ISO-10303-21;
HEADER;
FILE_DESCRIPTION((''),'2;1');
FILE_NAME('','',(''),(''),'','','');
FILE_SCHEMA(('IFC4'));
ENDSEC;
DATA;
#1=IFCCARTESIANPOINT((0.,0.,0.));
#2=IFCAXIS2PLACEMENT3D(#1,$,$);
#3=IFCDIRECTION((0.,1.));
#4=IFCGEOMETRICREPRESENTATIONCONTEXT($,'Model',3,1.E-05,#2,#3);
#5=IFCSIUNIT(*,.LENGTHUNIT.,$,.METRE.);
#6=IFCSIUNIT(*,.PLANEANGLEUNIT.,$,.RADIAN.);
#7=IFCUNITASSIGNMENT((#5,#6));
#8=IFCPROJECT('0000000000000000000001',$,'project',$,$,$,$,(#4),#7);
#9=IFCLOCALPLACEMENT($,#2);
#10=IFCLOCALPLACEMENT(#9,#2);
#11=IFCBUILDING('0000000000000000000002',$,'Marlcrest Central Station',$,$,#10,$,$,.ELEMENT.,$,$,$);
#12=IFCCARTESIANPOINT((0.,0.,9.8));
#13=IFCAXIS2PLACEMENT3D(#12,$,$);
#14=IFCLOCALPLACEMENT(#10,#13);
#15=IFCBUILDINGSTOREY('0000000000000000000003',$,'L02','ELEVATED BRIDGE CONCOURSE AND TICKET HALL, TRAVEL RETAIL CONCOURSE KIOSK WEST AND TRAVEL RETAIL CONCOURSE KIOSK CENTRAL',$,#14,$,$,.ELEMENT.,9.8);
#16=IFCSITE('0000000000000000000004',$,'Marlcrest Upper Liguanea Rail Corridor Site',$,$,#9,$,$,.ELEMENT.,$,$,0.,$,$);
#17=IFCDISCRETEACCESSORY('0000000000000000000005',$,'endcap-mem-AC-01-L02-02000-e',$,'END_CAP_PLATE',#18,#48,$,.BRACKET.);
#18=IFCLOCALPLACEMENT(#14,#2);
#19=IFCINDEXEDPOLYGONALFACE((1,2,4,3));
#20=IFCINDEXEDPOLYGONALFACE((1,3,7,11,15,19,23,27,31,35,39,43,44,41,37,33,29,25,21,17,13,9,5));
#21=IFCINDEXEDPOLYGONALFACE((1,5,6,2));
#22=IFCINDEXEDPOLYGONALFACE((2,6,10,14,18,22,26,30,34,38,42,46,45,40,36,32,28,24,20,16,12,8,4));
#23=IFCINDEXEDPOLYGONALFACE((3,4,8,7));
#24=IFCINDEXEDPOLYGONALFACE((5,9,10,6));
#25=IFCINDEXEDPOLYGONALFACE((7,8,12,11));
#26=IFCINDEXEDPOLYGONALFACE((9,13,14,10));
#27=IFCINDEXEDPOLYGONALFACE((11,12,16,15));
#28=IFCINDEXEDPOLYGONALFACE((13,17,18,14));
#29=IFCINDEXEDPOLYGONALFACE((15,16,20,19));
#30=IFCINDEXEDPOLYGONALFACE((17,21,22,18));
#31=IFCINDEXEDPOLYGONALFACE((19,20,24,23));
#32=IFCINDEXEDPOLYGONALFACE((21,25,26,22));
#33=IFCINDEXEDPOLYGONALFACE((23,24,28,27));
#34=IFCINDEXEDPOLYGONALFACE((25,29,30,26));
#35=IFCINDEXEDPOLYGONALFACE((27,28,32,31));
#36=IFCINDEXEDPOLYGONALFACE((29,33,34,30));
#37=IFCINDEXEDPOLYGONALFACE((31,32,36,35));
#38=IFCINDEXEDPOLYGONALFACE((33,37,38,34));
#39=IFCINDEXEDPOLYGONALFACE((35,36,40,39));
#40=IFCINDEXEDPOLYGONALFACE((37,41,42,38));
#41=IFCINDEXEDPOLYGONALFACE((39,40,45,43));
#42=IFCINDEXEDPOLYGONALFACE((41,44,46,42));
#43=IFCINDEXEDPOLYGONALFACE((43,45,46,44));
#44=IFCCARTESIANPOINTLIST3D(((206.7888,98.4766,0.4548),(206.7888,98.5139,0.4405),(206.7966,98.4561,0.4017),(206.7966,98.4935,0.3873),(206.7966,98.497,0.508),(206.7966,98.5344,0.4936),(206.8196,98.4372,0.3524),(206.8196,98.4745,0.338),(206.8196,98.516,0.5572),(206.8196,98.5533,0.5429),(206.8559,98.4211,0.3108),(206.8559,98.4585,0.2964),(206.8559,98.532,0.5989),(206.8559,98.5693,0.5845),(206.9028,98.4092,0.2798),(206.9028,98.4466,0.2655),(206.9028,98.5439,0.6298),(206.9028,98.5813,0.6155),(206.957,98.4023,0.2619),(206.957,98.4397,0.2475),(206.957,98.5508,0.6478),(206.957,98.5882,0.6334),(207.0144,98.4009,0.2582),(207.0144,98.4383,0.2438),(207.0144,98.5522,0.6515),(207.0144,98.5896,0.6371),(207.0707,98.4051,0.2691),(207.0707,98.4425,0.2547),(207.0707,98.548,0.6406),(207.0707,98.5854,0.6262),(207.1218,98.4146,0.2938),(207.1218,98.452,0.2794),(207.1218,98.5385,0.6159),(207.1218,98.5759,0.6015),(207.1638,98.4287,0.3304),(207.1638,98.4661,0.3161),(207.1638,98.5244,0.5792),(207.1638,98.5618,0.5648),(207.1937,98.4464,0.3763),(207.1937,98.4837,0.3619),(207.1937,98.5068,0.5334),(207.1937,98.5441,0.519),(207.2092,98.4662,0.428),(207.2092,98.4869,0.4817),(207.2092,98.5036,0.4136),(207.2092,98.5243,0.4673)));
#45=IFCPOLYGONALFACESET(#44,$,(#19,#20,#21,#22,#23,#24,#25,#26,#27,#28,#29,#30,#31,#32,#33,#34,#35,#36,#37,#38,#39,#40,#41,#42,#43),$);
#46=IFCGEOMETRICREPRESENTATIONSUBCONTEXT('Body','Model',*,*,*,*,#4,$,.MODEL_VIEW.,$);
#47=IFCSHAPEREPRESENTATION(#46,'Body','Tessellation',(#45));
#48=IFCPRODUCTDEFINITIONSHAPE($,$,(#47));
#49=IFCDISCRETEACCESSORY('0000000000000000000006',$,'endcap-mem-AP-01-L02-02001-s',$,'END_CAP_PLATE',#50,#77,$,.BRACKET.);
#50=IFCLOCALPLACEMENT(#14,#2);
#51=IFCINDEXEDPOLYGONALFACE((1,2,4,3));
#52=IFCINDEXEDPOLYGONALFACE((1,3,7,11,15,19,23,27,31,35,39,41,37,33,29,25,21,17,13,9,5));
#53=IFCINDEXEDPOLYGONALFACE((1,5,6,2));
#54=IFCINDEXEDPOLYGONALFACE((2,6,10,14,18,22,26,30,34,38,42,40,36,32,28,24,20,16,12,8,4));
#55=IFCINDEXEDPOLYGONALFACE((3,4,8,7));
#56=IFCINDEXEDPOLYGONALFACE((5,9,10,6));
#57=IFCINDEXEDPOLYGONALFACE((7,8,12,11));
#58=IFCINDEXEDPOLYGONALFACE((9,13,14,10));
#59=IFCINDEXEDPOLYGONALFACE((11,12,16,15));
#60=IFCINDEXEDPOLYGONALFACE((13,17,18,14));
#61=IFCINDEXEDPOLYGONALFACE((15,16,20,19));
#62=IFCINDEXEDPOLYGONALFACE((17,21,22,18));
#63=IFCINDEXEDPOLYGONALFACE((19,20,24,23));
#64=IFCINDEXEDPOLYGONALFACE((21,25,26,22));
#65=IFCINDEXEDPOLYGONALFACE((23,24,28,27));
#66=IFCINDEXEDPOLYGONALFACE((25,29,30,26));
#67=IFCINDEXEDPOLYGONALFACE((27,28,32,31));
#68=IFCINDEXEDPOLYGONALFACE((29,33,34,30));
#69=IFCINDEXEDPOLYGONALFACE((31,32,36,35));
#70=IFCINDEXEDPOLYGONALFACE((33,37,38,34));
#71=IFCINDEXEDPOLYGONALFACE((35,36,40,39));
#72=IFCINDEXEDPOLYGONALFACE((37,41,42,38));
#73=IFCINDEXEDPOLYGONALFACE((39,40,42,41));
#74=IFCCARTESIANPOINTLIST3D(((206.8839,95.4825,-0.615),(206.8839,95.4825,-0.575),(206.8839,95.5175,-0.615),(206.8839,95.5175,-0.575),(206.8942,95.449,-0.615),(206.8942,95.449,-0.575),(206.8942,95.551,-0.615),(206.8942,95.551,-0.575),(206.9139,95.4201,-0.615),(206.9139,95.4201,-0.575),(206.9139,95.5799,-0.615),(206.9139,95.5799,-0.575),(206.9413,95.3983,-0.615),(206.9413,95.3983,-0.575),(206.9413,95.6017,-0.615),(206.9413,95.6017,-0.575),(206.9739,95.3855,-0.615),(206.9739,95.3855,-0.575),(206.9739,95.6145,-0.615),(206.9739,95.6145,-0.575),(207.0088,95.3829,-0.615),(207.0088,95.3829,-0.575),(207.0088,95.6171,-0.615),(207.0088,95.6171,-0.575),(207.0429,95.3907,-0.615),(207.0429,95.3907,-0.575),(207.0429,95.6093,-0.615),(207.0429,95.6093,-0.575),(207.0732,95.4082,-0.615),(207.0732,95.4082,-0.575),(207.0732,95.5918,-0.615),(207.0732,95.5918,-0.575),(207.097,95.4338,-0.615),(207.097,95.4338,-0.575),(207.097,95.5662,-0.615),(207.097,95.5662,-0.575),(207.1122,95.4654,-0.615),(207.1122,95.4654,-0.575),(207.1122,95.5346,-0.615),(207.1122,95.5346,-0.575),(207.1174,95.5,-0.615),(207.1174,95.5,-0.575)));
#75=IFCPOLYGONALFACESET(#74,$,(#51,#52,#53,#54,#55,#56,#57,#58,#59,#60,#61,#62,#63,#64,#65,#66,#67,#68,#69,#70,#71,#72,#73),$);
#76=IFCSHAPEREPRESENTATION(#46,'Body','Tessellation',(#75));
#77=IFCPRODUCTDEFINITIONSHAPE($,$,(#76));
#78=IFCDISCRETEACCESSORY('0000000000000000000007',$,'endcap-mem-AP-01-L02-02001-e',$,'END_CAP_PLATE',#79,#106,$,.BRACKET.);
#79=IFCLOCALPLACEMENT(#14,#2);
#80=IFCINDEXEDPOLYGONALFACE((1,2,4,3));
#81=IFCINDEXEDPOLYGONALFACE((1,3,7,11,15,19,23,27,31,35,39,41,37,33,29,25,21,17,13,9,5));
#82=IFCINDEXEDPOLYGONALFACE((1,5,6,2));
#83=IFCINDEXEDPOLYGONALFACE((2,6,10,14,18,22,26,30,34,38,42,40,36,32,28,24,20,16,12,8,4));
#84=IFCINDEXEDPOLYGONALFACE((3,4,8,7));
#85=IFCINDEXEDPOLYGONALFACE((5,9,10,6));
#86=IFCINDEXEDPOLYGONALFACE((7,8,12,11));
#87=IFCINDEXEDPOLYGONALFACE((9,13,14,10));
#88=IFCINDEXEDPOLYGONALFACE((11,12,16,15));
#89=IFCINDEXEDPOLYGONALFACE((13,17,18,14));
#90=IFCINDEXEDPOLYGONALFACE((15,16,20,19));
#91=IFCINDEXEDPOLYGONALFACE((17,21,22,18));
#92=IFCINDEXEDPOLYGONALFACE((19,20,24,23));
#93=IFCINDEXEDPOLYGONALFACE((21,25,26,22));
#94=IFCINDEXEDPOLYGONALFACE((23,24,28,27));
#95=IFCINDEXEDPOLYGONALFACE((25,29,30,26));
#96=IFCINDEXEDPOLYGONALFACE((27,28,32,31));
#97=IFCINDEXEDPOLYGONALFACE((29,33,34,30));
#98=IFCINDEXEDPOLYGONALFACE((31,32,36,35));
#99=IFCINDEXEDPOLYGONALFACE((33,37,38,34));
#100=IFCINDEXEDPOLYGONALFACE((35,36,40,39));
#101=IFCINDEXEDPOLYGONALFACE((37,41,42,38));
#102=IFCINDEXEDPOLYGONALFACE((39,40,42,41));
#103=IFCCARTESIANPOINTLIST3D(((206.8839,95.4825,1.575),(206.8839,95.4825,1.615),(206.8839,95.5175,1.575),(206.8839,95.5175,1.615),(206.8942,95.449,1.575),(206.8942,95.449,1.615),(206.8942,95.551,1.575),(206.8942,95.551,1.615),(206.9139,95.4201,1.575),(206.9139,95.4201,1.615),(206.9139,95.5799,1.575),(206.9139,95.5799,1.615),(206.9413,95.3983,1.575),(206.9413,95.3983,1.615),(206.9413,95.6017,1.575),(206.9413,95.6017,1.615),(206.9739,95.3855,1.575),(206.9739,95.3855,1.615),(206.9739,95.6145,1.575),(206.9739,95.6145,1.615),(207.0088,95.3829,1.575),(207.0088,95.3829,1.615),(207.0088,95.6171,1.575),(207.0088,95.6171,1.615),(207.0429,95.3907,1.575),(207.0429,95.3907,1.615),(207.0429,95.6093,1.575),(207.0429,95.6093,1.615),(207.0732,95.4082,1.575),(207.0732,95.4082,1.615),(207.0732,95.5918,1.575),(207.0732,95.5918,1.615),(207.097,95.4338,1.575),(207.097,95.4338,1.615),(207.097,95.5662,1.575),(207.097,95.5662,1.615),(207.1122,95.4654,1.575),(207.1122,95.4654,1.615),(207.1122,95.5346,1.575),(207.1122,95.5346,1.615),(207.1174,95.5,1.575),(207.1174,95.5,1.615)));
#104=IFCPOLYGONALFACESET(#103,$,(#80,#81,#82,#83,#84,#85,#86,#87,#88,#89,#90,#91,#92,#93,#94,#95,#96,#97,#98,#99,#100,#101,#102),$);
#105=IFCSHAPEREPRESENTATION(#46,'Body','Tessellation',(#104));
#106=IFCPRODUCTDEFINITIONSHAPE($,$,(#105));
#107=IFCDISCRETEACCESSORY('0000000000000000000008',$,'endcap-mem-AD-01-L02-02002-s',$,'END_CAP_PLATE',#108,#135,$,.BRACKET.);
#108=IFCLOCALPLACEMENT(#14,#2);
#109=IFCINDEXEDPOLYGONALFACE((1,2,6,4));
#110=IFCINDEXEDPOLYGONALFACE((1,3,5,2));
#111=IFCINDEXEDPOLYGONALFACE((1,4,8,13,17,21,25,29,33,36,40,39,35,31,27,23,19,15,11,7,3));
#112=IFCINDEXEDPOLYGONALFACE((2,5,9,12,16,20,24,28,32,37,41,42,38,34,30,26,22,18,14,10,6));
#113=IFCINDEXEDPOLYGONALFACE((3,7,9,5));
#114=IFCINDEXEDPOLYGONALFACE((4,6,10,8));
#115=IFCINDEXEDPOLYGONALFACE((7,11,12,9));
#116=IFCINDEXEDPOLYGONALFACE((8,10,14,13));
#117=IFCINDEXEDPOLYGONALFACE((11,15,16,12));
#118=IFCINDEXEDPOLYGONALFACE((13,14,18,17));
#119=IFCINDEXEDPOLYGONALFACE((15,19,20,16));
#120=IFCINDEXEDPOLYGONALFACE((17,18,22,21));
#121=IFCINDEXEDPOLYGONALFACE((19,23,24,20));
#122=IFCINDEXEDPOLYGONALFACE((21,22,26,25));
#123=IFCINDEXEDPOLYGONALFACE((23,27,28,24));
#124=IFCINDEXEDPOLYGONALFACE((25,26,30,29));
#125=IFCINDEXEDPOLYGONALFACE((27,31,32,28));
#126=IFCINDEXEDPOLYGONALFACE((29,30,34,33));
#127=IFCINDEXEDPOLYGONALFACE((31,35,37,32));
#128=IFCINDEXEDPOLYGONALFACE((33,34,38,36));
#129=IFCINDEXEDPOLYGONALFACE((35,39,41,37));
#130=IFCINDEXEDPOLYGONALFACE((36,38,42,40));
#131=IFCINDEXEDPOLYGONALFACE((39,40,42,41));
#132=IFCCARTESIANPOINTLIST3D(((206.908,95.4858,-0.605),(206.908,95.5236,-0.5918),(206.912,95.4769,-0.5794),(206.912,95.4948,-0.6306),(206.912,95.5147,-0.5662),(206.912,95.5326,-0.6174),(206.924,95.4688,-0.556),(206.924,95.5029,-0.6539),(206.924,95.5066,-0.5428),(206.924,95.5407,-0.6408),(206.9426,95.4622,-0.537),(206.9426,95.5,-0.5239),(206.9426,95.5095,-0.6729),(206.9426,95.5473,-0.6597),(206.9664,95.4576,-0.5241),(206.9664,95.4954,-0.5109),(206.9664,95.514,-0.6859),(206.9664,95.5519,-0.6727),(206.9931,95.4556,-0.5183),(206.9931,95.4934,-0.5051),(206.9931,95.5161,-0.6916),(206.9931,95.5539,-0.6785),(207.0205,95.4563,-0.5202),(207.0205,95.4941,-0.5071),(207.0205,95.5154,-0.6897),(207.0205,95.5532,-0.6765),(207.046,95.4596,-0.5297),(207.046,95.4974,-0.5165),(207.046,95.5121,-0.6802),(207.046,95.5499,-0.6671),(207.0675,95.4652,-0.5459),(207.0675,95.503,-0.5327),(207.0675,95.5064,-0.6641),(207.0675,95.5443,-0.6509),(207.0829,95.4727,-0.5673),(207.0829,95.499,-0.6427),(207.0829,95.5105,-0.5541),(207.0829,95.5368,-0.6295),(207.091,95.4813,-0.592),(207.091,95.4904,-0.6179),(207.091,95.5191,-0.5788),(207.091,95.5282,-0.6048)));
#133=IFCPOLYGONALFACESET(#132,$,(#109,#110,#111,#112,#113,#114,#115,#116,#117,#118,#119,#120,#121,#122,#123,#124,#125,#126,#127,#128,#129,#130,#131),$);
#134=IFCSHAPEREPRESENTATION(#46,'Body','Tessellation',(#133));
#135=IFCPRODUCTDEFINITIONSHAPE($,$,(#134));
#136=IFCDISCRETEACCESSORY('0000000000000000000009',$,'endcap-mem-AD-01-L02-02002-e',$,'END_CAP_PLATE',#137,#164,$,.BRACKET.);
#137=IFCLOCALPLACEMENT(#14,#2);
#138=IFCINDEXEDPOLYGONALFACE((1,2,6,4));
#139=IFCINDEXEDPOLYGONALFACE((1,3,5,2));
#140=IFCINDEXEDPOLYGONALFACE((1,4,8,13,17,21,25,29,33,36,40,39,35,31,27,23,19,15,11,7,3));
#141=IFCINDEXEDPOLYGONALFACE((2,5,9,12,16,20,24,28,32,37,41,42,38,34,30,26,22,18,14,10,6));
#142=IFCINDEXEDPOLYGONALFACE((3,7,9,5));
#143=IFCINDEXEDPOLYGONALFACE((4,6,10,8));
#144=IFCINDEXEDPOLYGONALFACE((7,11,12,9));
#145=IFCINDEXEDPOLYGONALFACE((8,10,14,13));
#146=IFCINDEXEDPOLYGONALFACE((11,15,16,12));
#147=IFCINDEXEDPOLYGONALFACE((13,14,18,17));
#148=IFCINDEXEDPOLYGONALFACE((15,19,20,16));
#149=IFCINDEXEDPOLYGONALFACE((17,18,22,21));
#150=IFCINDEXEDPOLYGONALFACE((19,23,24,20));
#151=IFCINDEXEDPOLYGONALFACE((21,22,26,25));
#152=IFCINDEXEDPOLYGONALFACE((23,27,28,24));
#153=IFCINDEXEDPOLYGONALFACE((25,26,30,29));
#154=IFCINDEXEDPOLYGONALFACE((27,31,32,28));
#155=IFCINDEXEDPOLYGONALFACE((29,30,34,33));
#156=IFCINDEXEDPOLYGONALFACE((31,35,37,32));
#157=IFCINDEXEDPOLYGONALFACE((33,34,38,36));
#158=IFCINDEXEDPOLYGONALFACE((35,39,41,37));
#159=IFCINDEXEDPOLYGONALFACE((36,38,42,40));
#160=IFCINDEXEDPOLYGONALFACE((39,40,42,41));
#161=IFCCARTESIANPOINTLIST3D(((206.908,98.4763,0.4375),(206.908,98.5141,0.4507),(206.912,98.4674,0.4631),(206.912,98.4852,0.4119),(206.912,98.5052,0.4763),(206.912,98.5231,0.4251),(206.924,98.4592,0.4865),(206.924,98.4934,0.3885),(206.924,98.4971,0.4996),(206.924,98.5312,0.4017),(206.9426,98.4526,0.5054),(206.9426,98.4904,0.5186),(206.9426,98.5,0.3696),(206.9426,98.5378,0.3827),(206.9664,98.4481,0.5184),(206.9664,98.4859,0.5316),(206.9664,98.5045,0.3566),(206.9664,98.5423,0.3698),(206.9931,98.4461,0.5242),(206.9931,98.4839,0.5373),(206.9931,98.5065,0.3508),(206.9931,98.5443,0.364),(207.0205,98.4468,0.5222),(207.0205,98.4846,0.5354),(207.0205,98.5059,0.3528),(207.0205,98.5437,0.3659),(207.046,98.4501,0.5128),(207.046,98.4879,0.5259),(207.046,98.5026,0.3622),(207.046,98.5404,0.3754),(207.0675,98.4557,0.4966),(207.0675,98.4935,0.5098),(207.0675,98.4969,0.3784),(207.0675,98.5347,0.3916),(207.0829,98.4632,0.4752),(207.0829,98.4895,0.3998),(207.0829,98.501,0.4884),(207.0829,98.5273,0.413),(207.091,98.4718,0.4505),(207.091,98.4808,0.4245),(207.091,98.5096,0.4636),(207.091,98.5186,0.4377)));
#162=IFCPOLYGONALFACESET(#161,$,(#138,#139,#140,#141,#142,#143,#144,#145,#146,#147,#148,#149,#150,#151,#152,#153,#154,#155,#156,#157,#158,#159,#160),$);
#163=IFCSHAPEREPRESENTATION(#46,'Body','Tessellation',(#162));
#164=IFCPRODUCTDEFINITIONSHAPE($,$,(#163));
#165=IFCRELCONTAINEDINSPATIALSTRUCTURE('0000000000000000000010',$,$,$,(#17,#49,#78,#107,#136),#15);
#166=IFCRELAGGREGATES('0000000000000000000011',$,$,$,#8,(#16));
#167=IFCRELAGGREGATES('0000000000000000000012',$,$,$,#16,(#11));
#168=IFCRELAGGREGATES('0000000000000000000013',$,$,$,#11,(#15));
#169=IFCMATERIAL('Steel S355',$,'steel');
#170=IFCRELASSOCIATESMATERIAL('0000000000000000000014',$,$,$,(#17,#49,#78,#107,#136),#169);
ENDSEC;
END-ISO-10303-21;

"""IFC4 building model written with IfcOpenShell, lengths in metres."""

from ifc_helpers import new_model, si_unit, direction, frame, origin, origin_2d, place, context, subcontext, project, spatial, circle, extrude, material, element, save


model = new_model("IFC4")

# Units and contexts
model_context = context("Model", 3, precision=1e-05, world=origin(), true_north=direction((0.0, 1.0)))
body_context = subcontext(model_context, "Body", "Model", "MODEL_VIEW")
ifc_project = project(units=[si_unit("LENGTHUNIT", "METRE"), si_unit("PLANEANGLEUNIT", "RADIAN")], contexts=[model_context])

# Site, building, storey
site_placement = place(None, origin())
site = spatial("IfcSite", under=ifc_project, at=site_placement, Name="Marlcrest Upper Liguanea Rail Corridor Site", CompositionType="ELEMENT", RefElevation=0.0)
building_placement = place(site_placement, origin())
building = spatial("IfcBuilding", under=site, at=building_placement, Name="Marlcrest Central Station", CompositionType="ELEMENT")
storey_placement = place(building_placement, frame((0.0, 0.0, 9.8)))
storey = spatial("IfcBuildingStorey", under=building, at=storey_placement, Name="L02", Description="ELEVATED BRIDGE CONCOURSE AND TICKET HALL, TRAVEL RETAIL CONCOURSE KIOSK WEST AND TRAVEL RETAIL CONCOURSE KIOSK CENTRAL", CompositionType="ELEMENT", Elevation=9.8)

# Shared definitions
ifc_material_1 = material(Name="Steel S355", Category="steel")

# Discrete accessories
for number, where, z_axis, x_axis, name in (
    (1, (207.0, 98.4766, 0.4548), (0.0, 0.933324, -0.359035), (-1.0, 0.0, 0.0), "endcap-mem-AC-01-L02-02000-e"),
):
    element("IfcDiscreteAccessory", number, at=place(storey_placement, frame(where, z_axis=z_axis, x_axis=x_axis)), inside=storey, material=ifc_material_1, Name=name, ObjectType="END_CAP_PLATE", PredefinedType="BRACKET", context=body_context, shape_type="SweptSolid", body=[
        extrude(circle(Radius=0.2112, at=origin_2d()), origin(), (0.0, 0.0, 1.0), 0.04),
    ])
for number, where, z_axis, x_axis, name in (
    (2, (207.0, 95.5, -0.615), (0.0, 0.0, 1.0), (1.0, 0.0, 0.0), "endcap-mem-AP-01-L02-02001-s"),
    (3, (207.0, 95.5, 1.575), (0.0, 0.0, 1.0), (1.0, 0.0, 0.0), "endcap-mem-AP-01-L02-02001-e"),
):
    element("IfcDiscreteAccessory", number, at=place(storey_placement, frame(where, z_axis=z_axis, x_axis=x_axis)), inside=storey, material=ifc_material_1, Name=name, ObjectType="END_CAP_PLATE", PredefinedType="BRACKET", context=body_context, shape_type="SweptSolid", body=[
        extrude(circle(Radius=0.1174, at=origin_2d()), origin(), (0.0, 0.0, 1.0), 0.04),
    ])
for number, where, z_axis, x_axis, name in (
    (4, (207.0, 95.4858, -0.605), (0.0, 0.94426, 0.3292), (-1.0, 0.0, 0.0), "endcap-mem-AD-01-L02-02002-s"),
    (5, (207.0, 98.4763, 0.4375), (0.0, 0.94426, 0.3292), (-1.0, 0.0, 0.0), "endcap-mem-AD-01-L02-02002-e"),
):
    element("IfcDiscreteAccessory", number, at=place(storey_placement, frame(where, z_axis=z_axis, x_axis=x_axis)), inside=storey, material=ifc_material_1, Name=name, ObjectType="END_CAP_PLATE", PredefinedType="BRACKET", context=body_context, shape_type="SweptSolid", body=[
        extrude(circle(Radius=0.092, at=origin_2d()), origin(), (0.0, 0.0, 1.0), 0.04),
    ])

save(model, "model.ifc")
